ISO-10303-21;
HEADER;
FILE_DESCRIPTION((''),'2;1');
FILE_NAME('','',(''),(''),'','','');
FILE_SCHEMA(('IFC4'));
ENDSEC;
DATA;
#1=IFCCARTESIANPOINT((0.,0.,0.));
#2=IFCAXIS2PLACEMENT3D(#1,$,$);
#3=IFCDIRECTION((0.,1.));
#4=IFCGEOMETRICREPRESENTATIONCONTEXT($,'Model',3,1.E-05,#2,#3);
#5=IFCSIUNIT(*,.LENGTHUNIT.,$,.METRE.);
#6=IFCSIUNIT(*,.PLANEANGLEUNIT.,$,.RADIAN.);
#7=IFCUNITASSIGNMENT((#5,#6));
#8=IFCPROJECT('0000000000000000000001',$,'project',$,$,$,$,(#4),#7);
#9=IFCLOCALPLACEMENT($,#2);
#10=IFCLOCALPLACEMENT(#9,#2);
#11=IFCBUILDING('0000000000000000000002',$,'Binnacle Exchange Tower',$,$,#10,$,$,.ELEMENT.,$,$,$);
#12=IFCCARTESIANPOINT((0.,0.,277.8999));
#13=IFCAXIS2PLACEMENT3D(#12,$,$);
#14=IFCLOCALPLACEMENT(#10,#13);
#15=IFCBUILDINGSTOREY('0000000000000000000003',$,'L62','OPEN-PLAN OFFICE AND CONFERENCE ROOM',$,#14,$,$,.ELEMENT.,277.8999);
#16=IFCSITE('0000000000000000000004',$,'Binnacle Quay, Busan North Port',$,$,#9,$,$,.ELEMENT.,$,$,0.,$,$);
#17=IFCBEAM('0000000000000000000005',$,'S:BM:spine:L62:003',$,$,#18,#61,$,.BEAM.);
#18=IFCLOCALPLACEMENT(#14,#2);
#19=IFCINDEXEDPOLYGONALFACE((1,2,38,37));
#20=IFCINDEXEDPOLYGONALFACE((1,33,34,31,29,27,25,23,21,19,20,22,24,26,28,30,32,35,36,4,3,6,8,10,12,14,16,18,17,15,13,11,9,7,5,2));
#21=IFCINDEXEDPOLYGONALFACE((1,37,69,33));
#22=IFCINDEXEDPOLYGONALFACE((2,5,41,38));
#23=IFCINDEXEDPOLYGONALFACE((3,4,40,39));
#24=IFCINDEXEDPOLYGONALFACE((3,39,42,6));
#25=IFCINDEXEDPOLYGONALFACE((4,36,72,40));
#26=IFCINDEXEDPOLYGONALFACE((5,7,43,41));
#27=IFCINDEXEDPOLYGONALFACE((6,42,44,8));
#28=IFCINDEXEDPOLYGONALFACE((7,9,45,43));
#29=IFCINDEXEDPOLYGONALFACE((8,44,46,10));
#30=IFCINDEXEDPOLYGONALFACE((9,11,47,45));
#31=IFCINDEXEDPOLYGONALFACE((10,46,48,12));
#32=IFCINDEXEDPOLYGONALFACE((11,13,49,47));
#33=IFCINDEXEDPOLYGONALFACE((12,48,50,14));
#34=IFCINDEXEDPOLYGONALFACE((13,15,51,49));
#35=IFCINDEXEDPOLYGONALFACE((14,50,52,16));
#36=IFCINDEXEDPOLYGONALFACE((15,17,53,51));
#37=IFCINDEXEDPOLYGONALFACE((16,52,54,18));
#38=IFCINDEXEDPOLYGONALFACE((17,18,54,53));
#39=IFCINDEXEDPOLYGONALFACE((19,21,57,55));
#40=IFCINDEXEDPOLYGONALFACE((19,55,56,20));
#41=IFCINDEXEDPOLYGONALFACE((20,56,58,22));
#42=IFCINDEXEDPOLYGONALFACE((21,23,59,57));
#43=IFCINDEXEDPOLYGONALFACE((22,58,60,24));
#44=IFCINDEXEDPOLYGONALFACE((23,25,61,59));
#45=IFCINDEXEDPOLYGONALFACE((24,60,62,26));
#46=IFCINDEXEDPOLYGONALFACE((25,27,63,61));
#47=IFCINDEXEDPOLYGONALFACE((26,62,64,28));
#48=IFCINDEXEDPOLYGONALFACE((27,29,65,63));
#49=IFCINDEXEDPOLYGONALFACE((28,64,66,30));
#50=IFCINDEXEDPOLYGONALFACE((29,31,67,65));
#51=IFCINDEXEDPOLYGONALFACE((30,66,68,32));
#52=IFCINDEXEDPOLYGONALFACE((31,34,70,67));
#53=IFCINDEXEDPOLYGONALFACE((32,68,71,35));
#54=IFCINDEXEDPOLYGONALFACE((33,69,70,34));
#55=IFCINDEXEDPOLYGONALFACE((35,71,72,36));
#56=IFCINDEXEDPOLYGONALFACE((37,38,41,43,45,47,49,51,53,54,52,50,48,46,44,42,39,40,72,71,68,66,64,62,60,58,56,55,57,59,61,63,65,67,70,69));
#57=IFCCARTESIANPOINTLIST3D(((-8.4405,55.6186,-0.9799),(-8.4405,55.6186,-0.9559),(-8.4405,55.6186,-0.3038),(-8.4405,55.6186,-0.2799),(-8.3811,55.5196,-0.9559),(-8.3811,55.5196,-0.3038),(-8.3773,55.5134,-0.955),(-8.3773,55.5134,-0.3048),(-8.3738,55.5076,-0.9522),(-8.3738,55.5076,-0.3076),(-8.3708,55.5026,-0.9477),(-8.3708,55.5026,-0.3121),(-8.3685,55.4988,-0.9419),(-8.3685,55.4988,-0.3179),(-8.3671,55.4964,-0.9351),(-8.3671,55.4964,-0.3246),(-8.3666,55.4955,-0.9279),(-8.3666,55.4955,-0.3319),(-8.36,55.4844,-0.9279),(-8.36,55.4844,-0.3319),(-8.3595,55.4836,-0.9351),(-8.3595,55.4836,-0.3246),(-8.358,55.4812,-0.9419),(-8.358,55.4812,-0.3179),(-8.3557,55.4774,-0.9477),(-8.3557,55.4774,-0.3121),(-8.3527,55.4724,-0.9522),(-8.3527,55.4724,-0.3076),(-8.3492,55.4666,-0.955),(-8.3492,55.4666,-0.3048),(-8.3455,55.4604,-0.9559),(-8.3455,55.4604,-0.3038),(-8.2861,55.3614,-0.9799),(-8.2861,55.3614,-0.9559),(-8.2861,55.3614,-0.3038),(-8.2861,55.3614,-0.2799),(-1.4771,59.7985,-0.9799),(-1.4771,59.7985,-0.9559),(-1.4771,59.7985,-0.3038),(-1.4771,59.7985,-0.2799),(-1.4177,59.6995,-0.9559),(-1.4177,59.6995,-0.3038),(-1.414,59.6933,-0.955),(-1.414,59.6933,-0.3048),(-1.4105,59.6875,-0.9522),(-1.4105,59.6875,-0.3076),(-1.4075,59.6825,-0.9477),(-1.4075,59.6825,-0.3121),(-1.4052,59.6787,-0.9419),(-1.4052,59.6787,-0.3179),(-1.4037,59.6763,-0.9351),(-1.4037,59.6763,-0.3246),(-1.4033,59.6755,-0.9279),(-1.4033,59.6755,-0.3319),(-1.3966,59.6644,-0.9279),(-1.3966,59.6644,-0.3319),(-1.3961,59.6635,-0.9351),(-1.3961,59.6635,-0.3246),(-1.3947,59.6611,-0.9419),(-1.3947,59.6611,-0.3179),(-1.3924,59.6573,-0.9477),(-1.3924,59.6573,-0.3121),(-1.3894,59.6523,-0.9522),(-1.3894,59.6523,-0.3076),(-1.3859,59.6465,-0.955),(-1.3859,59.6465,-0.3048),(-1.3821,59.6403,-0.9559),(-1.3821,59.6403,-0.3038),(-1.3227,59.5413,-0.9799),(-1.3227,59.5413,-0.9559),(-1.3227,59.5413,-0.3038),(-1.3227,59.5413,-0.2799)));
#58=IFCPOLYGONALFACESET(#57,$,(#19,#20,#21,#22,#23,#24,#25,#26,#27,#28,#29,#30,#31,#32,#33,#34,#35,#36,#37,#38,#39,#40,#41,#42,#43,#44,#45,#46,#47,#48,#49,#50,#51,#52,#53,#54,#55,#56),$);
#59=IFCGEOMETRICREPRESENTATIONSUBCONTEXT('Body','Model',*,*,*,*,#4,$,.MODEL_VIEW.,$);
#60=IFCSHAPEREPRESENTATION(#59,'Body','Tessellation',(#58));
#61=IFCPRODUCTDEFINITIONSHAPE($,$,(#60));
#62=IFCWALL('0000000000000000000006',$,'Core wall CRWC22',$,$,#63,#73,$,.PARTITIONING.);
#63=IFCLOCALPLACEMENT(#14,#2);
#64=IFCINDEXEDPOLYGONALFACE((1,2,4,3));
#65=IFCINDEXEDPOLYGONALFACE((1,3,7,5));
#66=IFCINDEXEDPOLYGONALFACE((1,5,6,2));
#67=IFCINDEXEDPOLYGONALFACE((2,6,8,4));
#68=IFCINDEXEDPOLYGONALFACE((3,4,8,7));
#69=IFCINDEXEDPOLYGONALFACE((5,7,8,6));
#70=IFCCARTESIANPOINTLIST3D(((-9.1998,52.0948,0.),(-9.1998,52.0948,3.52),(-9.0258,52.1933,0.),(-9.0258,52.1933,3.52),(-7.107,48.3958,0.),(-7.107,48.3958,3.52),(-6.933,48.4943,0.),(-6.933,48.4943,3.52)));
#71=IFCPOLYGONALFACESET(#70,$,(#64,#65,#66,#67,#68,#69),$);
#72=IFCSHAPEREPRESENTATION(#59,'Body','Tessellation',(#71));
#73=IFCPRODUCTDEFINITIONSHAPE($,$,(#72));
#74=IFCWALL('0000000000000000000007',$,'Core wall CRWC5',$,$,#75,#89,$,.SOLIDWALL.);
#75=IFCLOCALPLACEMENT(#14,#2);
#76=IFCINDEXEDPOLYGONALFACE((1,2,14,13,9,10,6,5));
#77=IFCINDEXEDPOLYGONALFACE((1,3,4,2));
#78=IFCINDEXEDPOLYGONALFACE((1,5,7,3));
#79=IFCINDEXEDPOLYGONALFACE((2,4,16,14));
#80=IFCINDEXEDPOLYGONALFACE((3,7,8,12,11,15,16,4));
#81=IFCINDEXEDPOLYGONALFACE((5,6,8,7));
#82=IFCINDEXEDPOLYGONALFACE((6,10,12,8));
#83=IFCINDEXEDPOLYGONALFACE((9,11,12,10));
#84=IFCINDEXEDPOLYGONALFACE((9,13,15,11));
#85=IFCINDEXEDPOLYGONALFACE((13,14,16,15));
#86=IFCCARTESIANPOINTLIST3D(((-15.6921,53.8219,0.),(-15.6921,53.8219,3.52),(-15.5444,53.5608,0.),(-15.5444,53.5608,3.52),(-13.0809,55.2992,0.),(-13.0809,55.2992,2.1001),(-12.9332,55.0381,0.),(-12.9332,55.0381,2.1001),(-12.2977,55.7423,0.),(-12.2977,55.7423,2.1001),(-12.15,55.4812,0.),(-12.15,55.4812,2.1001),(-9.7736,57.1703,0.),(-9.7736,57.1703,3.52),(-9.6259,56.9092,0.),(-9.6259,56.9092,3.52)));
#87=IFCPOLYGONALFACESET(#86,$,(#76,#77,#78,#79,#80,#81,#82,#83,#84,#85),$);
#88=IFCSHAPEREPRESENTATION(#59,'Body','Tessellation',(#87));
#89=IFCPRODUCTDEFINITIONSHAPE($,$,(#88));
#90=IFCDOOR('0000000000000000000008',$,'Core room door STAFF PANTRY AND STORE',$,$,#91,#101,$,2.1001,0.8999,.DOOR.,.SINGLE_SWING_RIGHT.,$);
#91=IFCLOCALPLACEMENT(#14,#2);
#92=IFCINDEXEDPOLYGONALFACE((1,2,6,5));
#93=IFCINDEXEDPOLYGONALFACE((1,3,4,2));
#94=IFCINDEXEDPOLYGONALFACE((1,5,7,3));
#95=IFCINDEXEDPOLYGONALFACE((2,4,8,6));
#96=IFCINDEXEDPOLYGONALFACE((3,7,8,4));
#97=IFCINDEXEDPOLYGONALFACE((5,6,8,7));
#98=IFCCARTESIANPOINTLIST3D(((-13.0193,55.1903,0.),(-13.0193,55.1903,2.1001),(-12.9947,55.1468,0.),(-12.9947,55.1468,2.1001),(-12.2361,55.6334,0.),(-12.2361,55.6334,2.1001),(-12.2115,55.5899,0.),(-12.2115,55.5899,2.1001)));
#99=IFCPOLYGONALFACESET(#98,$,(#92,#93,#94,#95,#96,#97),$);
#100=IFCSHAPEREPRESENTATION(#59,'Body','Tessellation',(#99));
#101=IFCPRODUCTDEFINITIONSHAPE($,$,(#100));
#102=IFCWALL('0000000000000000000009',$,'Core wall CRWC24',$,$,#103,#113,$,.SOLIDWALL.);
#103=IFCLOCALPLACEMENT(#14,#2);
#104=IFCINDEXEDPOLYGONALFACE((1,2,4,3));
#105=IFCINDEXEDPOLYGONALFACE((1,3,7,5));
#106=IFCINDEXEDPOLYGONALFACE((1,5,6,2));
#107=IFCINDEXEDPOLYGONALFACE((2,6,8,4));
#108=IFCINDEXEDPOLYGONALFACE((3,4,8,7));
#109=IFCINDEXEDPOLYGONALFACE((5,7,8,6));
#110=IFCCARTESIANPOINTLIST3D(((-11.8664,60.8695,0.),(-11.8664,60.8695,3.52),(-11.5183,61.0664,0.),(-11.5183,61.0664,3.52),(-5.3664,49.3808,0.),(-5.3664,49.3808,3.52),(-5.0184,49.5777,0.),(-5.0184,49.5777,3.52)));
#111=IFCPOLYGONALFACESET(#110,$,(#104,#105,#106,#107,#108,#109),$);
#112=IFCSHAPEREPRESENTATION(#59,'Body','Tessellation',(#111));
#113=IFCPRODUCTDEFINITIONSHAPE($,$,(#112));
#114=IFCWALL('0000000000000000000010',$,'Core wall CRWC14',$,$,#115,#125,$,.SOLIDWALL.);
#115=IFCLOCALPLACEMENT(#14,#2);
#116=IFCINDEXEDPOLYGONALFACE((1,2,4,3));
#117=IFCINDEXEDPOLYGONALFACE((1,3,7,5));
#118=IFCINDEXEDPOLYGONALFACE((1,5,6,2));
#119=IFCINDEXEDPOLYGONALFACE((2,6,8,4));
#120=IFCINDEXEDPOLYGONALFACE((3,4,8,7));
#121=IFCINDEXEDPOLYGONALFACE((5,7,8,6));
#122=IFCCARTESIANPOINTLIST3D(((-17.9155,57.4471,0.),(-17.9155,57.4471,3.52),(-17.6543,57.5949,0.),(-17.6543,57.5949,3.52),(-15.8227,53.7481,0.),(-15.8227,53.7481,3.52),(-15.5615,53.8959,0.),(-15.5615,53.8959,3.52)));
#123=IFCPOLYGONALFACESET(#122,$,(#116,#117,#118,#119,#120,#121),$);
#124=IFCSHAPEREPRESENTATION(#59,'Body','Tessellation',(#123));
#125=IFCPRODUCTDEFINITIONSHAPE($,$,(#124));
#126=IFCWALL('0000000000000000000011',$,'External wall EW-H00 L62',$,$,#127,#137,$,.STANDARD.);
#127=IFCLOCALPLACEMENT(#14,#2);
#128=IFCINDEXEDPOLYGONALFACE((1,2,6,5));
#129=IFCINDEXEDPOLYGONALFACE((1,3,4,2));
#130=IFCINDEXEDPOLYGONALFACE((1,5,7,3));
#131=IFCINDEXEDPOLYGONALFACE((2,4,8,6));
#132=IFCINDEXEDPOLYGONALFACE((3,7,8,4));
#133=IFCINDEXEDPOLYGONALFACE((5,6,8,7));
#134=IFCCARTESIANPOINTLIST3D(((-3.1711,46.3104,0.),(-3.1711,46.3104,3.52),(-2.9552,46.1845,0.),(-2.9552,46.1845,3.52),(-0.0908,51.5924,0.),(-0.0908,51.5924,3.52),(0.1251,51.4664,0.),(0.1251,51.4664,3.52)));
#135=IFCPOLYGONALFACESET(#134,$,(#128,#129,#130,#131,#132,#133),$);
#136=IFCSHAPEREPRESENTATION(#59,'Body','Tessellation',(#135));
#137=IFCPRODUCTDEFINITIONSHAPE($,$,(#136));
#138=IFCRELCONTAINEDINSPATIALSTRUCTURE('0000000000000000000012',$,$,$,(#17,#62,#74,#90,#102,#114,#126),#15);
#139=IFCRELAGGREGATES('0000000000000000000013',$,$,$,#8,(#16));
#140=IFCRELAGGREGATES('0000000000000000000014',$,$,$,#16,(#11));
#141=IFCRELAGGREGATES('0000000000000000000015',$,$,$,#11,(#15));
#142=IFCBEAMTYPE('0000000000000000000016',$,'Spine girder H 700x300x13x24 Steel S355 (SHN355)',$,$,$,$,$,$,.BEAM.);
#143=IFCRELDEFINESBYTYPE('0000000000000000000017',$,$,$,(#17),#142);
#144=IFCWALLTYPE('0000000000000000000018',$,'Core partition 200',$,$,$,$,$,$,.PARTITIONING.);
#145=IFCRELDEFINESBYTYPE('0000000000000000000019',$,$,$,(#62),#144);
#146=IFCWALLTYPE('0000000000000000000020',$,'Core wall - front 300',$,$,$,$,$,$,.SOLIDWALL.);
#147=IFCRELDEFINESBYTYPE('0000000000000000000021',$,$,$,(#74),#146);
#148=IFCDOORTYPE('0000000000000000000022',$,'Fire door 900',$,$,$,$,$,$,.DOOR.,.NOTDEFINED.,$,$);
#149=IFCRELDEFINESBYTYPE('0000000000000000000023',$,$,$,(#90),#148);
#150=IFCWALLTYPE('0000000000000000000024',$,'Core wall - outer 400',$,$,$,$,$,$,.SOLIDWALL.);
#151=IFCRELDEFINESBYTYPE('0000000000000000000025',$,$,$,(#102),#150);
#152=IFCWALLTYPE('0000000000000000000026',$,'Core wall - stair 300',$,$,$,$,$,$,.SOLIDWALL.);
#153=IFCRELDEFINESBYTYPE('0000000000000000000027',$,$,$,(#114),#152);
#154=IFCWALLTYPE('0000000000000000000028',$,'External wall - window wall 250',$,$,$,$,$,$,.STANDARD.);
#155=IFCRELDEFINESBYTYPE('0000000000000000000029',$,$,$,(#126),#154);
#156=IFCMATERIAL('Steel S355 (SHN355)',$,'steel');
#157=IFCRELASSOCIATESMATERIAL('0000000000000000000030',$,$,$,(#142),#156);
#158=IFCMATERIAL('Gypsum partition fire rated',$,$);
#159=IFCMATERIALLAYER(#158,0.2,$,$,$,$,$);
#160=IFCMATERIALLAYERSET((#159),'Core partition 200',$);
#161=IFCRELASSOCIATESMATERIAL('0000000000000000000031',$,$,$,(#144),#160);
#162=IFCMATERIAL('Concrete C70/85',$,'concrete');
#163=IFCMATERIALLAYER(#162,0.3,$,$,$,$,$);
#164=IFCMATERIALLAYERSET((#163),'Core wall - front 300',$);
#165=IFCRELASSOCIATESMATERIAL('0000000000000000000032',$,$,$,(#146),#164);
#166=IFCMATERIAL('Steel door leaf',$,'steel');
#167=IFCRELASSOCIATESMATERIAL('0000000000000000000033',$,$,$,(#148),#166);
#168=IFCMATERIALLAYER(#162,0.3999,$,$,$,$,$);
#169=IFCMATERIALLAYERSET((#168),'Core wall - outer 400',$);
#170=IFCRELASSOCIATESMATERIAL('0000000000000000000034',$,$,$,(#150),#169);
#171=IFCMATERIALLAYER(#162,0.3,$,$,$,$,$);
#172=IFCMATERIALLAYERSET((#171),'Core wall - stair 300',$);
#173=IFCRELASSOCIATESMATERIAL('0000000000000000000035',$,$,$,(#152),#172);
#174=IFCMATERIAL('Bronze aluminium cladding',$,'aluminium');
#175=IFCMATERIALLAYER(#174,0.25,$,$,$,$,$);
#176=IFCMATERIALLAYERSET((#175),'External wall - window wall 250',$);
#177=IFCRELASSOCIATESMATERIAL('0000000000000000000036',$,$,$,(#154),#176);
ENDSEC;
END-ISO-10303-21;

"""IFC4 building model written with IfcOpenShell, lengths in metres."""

from ifc_helpers import new_model, si_unit, direction, frame, frame_2d, origin, origin_2d, place, context, subcontext, project, spatial, rectangle, i_section, extrude, material, layer, layer_set, material_profile, profile_set, type_object, element, fill, save


model = new_model("IFC4")

# Units and contexts
model_context = context("Model", 3, precision=1e-05, world=origin(), true_north=direction((0.0, 1.0)))
body_context = subcontext(model_context, "Body", "Model", "MODEL_VIEW")
ifc_project = project(units=[si_unit("LENGTHUNIT", "METRE"), si_unit("PLANEANGLEUNIT", "RADIAN")], contexts=[model_context])

# Site, building, storey
site_placement = place(None, origin())
site = spatial("IfcSite", under=ifc_project, at=site_placement, Name="Binnacle Quay, Busan North Port", CompositionType="ELEMENT", RefElevation=0.0)
building_placement = place(site_placement, origin())
building = spatial("IfcBuilding", under=site, at=building_placement, Name="Binnacle Exchange Tower", CompositionType="ELEMENT")
storey_placement = place(building_placement, frame((0.0, 0.0, 277.8999)))
storey = spatial("IfcBuildingStorey", under=building, at=storey_placement, Name="L62", Description="OPEN-PLAN OFFICE AND CONFERENCE ROOM", CompositionType="ELEMENT", Elevation=277.8999)

# Beam
ifc_material_1 = material(Name="Steel S355 (SHN355)", Category="steel")
ifc_material_profile_1 = material_profile(ifc_material_1, i_section(OverallWidth=0.3, OverallDepth=0.7, WebThickness=0.0129, FlangeThickness=0.0239, FilletRadius=0.0281, at=origin_2d()), Name="H 700x300x13x24")
ifc_profile_set_1 = profile_set([ifc_material_profile_1], Name="Steel S355 (SHN355)")
beam_type_1 = type_object("IfcBeamType", Name="Spine girder H 700x300x13x24 Steel S355 (SHN355)", PredefinedType="BEAM", material=ifc_profile_set_1)
beam_1_placement = place(storey_placement, frame((-8.3633, 55.49, -0.6299), z_axis=(0.857389, 0.514668, 0.0), x_axis=(-0.514668, 0.857389, 0.0)))
element("IfcBeam", 1, at=beam_1_placement, inside=storey, type_object=beam_type_1, Name="S:BM:spine:L62:003", PredefinedType="BEAM", context=body_context, shape_type="SweptSolid", body=[
    extrude(i_section(OverallWidth=0.3, OverallDepth=0.7, WebThickness=0.0129, FlangeThickness=0.0239, FilletRadius=0.0281, at=origin_2d()), origin(), (0.0, 0.0, 1.0), 8.1216),
])

# Wall
ifc_material_2 = material(Name="Gypsum partition fire rated")
ifc_layer_1 = layer(ifc_material_2, 0.2)
ifc_layer_set_1 = layer_set([ifc_layer_1], Name="Core partition 200")
wall_type_1 = type_object("IfcWallType", Name="Core partition 200", PredefinedType="PARTITIONING", material=ifc_layer_set_1)
wall_1_placement = place(storey_placement, frame((-9.1128, 52.144, 0.0), z_axis=(0.0, 0.0, 1.0), x_axis=(0.492423, -0.870356, 0.0)))
element("IfcWall", 2, at=wall_1_placement, inside=storey, type_object=wall_type_1, Name="Core wall CRWC22", PredefinedType="PARTITIONING", context=body_context, shape_type="SweptSolid", body=[
    extrude(rectangle(XDim=4.25, YDim=0.2, at=frame_2d((2.125, 0.0))), origin(), (0.0, 0.0, 1.0), 3.52),
])

# Wall, opening, door
ifc_material_3 = material(Name="Concrete C70/85", Category="concrete")
ifc_layer_2 = layer(ifc_material_3, 0.3)
ifc_layer_set_2 = layer_set([ifc_layer_2], Name="Core wall - front 300")
wall_type_2 = type_object("IfcWallType", Name="Core wall - front 300", PredefinedType="SOLIDWALL", material=ifc_layer_set_2)
wall_2_placement = place(storey_placement, frame((-15.6182, 53.6914, 0.0), z_axis=(0.0, 0.0, 1.0), x_axis=(0.870363, 0.492411, 0.0)))
wall_2 = element("IfcWall", 3, at=wall_2_placement, inside=storey, type_object=wall_type_2, Name="Core wall CRWC5", PredefinedType="SOLIDWALL", context=body_context, shape_type="SweptSolid", body=[
    extrude(rectangle(XDim=6.8, YDim=0.3, at=frame_2d((3.3999, 0.0))), origin(), (0.0, 0.0, 1.0), 3.52),
])
opening_1_placement = place(wall_2_placement, frame((3.0, 0.0, 0.0)))
opening_1 = element("IfcOpeningElement", 4, at=opening_1_placement, cuts=wall_2, PredefinedType="OPENING", context=body_context, shape_type="SweptSolid", body=[
    extrude(rectangle(XDim=0.8999, YDim=2.1001, at=frame_2d((0.45, 1.05))), frame((0.0, 0.1599, 0.0), z_axis=(0.0, -1.0, 0.0), x_axis=(1.0, 0.0, 0.0)), (0.0, 0.0, 1.0), 0.3201),
])
ifc_material_4 = material(Name="Steel door leaf", Category="steel")
door_type = type_object("IfcDoorType", Name="Fire door 900", OperationType="NOTDEFINED", PredefinedType="DOOR", material=ifc_material_4)
door_placement = place(opening_1_placement, origin())
door = element("IfcDoor", 5, at=door_placement, inside=storey, type_object=door_type, Name="Core room door STAFF PANTRY AND STORE", OperationType="SINGLE_SWING_RIGHT", OverallHeight=2.1001, OverallWidth=0.8999, PredefinedType="DOOR", context=body_context, shape_type="SweptSolid", body=[
    extrude(rectangle(XDim=0.8999, YDim=2.1001, at=frame_2d((0.45, 1.05))), frame((0.0, 0.0249, 0.0), z_axis=(0.0, -1.0, 0.0), x_axis=(1.0, 0.0, 0.0)), (0.0, 0.0, 1.0), 0.05),
])
fill(opening_1, door)

# Walls
ifc_layer_3 = layer(ifc_material_3, 0.3999)
ifc_layer_set_3 = layer_set([ifc_layer_3], Name="Core wall - outer 400")
wall_type_3 = type_object("IfcWallType", Name="Core wall - outer 400", PredefinedType="SOLIDWALL", material=ifc_layer_set_3)
wall_3_placement = place(storey_placement, frame((-11.6924, 60.968, 0.0), z_axis=(0.0, 0.0, 1.0), x_axis=(0.492422, -0.870357, 0.0)))
element("IfcWall", 6, at=wall_3_placement, inside=storey, type_object=wall_type_3, Name="Core wall CRWC24", PredefinedType="SOLIDWALL", context=body_context, shape_type="SweptSolid", body=[
    extrude(rectangle(XDim=13.2, YDim=0.3999, at=frame_2d((6.6001, 0.0))), origin(), (0.0, 0.0, 1.0), 3.52),
])
ifc_layer_4 = layer(ifc_material_3, 0.3)
ifc_layer_set_4 = layer_set([ifc_layer_4], Name="Core wall - stair 300")
wall_type_4 = type_object("IfcWallType", Name="Core wall - stair 300", PredefinedType="SOLIDWALL", material=ifc_layer_set_4)
wall_4_placement = place(storey_placement, frame((-17.7849, 57.521, 0.0), z_axis=(0.0, 0.0, 1.0), x_axis=(0.492423, -0.870356, 0.0)))
element("IfcWall", 7, at=wall_4_placement, inside=storey, type_object=wall_type_4, Name="Core wall CRWC14", PredefinedType="SOLIDWALL", context=body_context, shape_type="SweptSolid", body=[
    extrude(rectangle(XDim=4.25, YDim=0.3, at=frame_2d((2.125, 0.0))), origin(), (0.0, 0.0, 1.0), 3.52),
])
ifc_material_5 = material(Name="Bronze aluminium cladding", Category="aluminium")
ifc_layer_5 = layer(ifc_material_5, 0.25)
ifc_layer_set_5 = layer_set([ifc_layer_5], Name="External wall - window wall 250")
wall_type_5 = type_object("IfcWallType", Name="External wall - window wall 250", PredefinedType="STANDARD", material=ifc_layer_set_5)
wall_5_placement = place(storey_placement, frame((0.0171, 51.5293, 0.0), z_axis=(0.0, 0.0, 1.0), x_axis=(-0.503769, -0.863838, 0.0)))
element("IfcWall", 8, at=wall_5_placement, inside=storey, type_object=wall_type_5, Name="External wall EW-H00 L62", PredefinedType="STANDARD", context=body_context, shape_type="SweptSolid", body=[
    extrude(rectangle(XDim=6.1145, YDim=0.25, at=frame_2d((3.0571, 0.0))), origin(), (0.0, 0.0, 1.0), 3.52),
])

save(model, "model.ifc")
